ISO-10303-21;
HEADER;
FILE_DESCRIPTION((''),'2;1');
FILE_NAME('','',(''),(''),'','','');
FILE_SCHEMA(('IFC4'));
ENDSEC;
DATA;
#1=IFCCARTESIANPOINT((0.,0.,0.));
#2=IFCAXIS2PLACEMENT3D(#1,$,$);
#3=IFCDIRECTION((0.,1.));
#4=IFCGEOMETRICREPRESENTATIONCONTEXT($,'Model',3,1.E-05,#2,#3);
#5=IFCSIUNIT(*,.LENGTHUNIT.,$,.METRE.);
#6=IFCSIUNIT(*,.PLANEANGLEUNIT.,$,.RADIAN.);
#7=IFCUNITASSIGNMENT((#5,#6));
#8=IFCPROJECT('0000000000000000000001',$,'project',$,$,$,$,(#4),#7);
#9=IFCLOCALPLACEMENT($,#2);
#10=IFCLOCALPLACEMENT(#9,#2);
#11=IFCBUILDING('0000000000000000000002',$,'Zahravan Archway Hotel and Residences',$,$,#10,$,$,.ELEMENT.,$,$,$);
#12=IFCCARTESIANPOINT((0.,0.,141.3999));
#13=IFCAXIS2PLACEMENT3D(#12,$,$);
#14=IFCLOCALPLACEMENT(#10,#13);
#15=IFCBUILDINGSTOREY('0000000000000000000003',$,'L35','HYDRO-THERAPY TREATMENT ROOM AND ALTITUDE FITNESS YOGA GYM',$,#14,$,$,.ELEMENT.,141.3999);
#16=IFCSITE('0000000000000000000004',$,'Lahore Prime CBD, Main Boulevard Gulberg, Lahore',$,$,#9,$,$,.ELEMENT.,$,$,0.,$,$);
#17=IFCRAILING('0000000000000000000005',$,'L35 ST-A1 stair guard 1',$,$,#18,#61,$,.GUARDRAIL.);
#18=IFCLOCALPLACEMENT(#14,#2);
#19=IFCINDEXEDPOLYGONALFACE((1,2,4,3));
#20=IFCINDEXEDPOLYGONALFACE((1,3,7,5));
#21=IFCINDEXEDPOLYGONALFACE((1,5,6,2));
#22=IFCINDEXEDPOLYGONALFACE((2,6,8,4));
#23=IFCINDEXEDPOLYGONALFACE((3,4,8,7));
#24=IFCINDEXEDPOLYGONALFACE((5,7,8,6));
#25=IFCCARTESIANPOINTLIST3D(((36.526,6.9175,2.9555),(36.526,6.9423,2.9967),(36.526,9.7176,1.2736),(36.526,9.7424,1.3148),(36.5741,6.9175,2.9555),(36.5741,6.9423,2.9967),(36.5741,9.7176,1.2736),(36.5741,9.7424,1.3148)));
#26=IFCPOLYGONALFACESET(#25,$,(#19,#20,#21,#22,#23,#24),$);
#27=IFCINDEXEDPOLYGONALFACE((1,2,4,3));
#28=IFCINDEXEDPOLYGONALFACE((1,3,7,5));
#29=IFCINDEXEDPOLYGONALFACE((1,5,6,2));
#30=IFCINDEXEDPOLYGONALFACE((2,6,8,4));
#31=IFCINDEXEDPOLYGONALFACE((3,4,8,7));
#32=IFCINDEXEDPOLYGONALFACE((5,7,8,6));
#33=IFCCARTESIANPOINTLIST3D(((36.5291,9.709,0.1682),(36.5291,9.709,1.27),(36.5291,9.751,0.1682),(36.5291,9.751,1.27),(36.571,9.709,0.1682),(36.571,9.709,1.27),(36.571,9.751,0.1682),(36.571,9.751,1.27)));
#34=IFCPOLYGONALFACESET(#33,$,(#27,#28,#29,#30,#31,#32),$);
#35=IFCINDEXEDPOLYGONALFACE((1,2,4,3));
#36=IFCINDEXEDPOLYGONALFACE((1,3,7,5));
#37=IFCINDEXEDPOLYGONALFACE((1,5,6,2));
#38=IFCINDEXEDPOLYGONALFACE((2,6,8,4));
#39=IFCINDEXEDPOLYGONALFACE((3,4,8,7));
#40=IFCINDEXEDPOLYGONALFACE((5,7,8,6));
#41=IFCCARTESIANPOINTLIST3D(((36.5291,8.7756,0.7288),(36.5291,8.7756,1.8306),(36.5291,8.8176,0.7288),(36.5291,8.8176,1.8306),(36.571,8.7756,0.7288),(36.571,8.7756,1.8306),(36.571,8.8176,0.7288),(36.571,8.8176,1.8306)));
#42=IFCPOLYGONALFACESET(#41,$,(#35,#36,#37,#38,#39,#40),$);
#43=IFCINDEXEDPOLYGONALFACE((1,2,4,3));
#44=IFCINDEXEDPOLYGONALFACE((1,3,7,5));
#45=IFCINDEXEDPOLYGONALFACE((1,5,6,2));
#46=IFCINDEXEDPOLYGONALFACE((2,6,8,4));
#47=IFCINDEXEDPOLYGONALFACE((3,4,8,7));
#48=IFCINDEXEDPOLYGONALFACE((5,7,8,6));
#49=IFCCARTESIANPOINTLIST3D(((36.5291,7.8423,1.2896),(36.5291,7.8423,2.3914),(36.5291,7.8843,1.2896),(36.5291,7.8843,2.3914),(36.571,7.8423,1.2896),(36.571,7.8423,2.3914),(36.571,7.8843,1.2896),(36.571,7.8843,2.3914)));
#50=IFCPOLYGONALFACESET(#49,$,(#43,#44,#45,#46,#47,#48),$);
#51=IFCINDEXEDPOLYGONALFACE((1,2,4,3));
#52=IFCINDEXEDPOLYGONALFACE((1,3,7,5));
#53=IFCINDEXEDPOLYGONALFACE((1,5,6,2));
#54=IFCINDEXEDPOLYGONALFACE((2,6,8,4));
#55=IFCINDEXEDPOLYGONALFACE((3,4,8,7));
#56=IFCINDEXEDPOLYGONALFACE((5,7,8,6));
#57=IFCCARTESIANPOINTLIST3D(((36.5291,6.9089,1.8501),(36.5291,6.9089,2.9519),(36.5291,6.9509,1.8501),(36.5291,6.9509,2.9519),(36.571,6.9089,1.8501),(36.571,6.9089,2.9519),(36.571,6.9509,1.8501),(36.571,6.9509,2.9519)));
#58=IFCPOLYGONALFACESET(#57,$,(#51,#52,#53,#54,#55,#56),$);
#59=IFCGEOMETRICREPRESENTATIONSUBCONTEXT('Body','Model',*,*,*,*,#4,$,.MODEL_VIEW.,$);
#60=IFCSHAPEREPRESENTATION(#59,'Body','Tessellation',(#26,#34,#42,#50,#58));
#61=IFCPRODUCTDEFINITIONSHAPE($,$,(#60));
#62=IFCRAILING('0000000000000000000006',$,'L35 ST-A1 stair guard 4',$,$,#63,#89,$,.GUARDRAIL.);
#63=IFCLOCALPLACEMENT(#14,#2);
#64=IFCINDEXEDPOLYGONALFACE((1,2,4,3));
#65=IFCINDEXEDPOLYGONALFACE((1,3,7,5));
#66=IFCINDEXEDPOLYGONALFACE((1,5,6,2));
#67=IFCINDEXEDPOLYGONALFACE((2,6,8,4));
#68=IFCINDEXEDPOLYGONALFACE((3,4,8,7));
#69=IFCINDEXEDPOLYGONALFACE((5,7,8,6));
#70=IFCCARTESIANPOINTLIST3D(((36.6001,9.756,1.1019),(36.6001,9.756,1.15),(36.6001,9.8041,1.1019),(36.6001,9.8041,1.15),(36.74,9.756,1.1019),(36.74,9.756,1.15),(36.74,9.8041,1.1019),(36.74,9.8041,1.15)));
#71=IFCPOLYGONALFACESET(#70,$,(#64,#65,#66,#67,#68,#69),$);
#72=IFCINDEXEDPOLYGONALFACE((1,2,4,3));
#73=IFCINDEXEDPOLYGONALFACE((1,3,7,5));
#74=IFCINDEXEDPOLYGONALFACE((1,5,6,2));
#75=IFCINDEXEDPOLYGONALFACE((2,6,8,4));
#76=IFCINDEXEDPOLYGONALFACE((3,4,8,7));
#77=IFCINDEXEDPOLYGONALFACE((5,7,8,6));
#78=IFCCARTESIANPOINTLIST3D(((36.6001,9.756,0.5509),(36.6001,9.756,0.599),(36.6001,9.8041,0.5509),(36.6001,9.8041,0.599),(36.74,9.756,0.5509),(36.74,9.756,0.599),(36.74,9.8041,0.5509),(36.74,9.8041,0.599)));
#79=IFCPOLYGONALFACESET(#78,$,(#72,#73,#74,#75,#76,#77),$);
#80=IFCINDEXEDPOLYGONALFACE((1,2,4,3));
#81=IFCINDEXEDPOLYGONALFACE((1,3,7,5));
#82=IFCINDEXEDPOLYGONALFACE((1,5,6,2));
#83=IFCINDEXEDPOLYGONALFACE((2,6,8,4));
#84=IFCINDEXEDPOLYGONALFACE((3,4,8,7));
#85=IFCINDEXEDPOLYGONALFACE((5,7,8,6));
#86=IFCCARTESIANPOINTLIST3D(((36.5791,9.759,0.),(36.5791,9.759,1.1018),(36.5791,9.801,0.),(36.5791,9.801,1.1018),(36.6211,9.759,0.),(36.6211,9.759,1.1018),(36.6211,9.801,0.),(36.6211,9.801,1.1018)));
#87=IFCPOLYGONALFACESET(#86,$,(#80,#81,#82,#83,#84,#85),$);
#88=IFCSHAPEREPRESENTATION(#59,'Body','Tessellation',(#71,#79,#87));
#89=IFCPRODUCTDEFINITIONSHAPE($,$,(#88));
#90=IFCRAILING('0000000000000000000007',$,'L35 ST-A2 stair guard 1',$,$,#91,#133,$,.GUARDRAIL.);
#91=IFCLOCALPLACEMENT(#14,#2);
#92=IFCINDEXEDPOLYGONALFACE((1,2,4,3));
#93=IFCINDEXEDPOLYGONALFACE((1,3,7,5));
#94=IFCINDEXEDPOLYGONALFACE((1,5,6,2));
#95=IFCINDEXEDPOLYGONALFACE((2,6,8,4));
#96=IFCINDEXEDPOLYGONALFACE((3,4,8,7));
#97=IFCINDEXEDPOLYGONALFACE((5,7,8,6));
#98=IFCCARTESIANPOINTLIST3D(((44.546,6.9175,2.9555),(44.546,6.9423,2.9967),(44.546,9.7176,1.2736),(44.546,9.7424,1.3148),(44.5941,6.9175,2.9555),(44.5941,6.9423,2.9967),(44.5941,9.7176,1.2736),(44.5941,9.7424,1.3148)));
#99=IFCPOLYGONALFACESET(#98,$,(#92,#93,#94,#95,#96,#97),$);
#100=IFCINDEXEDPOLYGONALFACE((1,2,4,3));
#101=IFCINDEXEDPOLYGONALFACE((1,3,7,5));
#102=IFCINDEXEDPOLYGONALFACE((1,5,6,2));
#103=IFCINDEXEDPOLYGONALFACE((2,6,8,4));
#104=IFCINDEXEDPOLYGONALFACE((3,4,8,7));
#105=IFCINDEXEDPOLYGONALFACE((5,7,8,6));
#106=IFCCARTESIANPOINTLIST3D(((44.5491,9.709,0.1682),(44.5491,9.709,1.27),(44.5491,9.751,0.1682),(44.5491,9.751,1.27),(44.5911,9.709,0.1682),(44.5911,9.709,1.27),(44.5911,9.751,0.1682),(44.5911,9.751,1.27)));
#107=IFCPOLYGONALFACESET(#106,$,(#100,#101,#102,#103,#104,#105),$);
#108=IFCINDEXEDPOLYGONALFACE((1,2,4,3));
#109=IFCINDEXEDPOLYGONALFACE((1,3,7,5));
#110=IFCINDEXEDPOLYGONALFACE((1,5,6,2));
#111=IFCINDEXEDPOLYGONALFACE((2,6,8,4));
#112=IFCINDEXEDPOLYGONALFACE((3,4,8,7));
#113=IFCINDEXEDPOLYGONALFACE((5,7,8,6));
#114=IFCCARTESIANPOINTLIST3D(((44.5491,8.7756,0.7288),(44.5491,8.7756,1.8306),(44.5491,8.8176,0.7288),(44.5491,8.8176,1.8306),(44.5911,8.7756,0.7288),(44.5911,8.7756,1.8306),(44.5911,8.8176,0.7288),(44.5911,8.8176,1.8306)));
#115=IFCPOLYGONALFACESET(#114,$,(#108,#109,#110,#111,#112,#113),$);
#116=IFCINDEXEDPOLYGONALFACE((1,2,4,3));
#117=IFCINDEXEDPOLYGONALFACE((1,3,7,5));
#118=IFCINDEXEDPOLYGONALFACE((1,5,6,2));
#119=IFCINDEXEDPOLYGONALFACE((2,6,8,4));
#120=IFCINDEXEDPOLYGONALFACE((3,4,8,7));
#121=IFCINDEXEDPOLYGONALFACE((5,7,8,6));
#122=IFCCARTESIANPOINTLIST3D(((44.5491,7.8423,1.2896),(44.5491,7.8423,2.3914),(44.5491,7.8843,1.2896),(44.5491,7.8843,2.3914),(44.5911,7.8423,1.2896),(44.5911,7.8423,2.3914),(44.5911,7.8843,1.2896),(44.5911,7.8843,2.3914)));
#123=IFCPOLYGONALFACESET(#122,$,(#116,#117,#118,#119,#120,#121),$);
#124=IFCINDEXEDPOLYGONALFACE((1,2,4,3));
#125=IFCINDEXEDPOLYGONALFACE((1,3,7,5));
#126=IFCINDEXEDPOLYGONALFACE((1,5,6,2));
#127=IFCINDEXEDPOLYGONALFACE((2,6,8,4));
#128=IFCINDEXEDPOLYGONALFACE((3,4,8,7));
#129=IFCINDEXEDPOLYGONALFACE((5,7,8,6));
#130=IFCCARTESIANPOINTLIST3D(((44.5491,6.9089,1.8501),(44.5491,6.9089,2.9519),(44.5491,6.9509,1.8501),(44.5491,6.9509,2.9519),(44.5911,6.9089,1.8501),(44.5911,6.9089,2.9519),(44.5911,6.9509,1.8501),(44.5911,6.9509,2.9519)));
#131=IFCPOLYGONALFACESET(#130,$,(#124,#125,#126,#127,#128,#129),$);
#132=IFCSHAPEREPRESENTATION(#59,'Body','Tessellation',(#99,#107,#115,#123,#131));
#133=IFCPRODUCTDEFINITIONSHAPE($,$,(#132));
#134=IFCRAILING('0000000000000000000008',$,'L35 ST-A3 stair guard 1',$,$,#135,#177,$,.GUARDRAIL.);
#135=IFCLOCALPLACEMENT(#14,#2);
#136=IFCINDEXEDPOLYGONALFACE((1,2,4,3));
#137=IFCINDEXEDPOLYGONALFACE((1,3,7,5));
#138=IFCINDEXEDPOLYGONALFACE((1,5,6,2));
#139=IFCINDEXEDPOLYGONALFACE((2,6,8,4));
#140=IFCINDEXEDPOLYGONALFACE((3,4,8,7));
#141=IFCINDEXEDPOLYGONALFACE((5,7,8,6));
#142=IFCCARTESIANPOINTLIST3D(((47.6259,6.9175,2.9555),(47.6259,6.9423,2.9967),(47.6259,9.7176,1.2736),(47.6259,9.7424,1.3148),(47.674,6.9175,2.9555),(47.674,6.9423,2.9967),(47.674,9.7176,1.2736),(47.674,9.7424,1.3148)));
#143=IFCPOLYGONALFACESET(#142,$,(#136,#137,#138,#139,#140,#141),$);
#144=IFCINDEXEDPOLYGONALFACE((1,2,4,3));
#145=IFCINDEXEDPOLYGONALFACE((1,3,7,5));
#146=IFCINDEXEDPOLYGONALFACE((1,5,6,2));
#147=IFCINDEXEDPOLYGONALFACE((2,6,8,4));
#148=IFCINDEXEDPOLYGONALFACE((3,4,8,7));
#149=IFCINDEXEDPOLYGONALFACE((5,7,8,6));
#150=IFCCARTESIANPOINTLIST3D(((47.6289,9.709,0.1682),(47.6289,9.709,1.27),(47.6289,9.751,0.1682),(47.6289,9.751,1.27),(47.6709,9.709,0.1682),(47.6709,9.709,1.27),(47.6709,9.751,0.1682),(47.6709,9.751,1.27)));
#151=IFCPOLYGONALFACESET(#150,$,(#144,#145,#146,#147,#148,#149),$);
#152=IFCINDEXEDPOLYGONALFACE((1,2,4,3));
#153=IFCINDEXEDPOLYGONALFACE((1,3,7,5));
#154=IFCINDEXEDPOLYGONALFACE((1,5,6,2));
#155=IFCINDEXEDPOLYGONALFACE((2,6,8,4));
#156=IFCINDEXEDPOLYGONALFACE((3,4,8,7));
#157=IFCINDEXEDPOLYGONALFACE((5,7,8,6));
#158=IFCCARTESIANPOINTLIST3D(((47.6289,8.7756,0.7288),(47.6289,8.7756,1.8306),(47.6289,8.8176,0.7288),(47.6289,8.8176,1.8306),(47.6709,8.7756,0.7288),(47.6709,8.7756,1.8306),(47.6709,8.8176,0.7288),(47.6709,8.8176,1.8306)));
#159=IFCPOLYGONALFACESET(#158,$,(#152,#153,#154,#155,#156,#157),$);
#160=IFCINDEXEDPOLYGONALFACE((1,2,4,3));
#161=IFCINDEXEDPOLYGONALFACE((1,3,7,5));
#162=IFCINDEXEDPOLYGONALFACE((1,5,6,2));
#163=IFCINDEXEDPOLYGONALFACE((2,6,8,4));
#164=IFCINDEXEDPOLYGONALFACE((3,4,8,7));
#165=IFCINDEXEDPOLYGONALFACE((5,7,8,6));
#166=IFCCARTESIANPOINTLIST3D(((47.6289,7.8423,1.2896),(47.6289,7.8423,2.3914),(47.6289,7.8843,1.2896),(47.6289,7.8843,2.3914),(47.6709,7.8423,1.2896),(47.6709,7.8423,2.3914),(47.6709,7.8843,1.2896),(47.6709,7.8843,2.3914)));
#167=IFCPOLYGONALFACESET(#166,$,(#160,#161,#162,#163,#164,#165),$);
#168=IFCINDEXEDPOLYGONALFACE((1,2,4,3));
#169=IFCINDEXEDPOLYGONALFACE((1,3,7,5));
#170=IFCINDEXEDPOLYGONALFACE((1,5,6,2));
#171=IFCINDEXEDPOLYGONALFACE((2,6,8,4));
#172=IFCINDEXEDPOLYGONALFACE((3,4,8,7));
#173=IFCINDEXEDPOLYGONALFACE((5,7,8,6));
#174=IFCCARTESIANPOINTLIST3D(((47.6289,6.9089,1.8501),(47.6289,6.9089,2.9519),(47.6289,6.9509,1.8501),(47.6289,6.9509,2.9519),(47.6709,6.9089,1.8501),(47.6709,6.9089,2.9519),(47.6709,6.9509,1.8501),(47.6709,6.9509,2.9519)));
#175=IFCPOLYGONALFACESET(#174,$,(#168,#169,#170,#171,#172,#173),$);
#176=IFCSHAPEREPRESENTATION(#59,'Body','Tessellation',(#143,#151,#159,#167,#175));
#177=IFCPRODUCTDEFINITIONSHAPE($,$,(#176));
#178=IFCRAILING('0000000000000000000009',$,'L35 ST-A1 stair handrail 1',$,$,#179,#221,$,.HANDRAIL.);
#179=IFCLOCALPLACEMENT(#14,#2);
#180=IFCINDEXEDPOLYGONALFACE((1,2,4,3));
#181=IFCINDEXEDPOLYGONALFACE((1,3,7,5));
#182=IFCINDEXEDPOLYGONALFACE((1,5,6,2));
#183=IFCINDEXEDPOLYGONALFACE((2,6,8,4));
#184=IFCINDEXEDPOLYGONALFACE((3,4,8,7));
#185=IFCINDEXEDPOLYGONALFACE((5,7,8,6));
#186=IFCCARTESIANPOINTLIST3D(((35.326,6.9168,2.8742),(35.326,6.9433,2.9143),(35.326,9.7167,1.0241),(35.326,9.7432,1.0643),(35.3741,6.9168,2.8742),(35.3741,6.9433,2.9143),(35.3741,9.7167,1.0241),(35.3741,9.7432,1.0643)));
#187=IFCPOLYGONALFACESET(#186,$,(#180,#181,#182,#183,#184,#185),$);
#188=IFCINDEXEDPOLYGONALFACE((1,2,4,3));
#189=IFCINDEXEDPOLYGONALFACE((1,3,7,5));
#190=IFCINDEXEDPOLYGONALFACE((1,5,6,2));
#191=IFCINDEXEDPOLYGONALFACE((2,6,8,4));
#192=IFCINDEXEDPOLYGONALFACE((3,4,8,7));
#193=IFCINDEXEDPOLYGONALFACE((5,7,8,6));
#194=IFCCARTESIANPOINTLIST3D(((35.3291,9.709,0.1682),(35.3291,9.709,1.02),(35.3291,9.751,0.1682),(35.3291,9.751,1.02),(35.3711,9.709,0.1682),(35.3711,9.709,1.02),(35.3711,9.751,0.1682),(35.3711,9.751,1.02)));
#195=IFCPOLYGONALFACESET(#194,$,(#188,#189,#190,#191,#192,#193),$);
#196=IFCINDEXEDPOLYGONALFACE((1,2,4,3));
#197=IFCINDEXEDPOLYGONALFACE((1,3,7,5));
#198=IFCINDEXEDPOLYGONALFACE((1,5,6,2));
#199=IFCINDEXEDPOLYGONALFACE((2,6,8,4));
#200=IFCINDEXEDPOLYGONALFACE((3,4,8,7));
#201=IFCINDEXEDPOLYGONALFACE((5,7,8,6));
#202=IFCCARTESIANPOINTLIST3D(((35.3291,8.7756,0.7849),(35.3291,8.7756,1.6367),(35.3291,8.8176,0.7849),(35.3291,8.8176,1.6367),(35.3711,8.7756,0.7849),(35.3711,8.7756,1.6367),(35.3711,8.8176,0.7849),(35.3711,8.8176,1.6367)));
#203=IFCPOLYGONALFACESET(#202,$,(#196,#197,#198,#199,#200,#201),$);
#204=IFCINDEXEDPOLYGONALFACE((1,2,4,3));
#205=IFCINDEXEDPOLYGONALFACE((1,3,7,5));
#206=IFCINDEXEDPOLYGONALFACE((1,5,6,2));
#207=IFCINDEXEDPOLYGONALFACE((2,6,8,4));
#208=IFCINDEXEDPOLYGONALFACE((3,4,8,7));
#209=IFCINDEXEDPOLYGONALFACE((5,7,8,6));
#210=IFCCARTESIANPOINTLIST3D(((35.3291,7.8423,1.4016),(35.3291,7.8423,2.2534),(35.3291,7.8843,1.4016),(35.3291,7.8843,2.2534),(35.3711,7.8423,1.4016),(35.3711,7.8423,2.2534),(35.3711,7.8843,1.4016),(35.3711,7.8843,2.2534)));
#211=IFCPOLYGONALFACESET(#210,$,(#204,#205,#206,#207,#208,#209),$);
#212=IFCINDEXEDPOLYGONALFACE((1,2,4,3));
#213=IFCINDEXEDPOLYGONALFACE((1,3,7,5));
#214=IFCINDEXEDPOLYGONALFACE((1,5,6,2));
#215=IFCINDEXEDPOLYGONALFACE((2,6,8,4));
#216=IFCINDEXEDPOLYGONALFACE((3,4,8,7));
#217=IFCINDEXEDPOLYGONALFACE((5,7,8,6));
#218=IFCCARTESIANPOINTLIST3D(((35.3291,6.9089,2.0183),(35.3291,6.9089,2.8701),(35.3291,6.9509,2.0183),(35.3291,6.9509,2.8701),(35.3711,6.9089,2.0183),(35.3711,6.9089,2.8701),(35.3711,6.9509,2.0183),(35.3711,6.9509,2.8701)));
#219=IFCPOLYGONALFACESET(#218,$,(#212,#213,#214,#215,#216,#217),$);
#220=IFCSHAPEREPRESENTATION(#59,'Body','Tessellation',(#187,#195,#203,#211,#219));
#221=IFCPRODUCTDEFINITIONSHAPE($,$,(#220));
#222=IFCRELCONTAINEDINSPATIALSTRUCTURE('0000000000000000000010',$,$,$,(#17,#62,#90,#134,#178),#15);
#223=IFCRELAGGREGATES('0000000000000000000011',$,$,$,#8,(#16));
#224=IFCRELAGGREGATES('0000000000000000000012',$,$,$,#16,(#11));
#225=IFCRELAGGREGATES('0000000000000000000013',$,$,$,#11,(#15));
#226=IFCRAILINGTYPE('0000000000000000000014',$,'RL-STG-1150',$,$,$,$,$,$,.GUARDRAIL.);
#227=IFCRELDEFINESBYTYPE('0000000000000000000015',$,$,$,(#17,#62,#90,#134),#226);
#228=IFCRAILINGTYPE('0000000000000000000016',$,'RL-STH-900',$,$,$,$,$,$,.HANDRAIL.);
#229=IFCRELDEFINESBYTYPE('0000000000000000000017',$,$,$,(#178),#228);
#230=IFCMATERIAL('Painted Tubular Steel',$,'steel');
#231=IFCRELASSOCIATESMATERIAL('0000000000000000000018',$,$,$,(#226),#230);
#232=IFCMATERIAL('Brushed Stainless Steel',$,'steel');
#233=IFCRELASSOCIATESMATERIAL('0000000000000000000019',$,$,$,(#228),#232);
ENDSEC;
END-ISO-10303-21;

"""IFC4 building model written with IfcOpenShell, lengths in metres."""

from ifc_helpers import new_model, si_unit, direction, frame, origin, origin_2d, place, context, subcontext, project, spatial, rectangle, extrude, material, type_object, element, save


model = new_model("IFC4")

# Units and contexts
model_context = context("Model", 3, precision=1e-05, world=origin(), true_north=direction((0.0, 1.0)))
body_context = subcontext(model_context, "Body", "Model", "MODEL_VIEW")
ifc_project = project(units=[si_unit("LENGTHUNIT", "METRE"), si_unit("PLANEANGLEUNIT", "RADIAN")], contexts=[model_context])

# Site, building, storey
site_placement = place(None, origin())
site = spatial("IfcSite", under=ifc_project, at=site_placement, Name="Lahore Prime CBD, Main Boulevard Gulberg, Lahore", CompositionType="ELEMENT", RefElevation=0.0)
building_placement = place(site_placement, origin())
building = spatial("IfcBuilding", under=site, at=building_placement, Name="Zahravan Archway Hotel and Residences", CompositionType="ELEMENT")
storey_placement = place(building_placement, frame((0.0, 0.0, 141.3999)))
storey = spatial("IfcBuildingStorey", under=building, at=storey_placement, Name="L35", Description="HYDRO-THERAPY TREATMENT ROOM AND ALTITUDE FITNESS YOGA GYM", CompositionType="ELEMENT", Elevation=141.3999)

# Railings
ifc_material_1 = material(Name="Painted Tubular Steel", Category="steel")
railing_type_1 = type_object("IfcRailingType", Name="RL-STG-1150", PredefinedType="GUARDRAIL", material=ifc_material_1)
railing_1_placement = place(storey_placement, frame((36.55, 9.73, 0.1682)))
element("IfcRailing", 1, at=railing_1_placement, inside=storey, type_object=railing_type_1, Name="L35 ST-A1 stair guard 1", PredefinedType="GUARDRAIL", context=body_context, shape_type="SweptSolid", body=[
    extrude(rectangle(XDim=0.0481, YDim=0.0481, at=origin_2d()), frame((0.0, 0.0, 1.126), z_axis=(0.0, -0.857242, 0.514913), x_axis=(1.0, 0.0, 0.0)), (0.0, 0.0, 1.0), 3.2664),
    extrude(rectangle(XDim=0.042, YDim=0.042, at=origin_2d()), origin(), (0.0, 0.0, 1.0), 1.1018),
    extrude(rectangle(XDim=0.042, YDim=0.042, at=origin_2d()), frame((0.0, -0.9333, 0.5605)), (0.0, 0.0, 1.0), 1.1018),
    extrude(rectangle(XDim=0.042, YDim=0.042, at=origin_2d()), frame((0.0, -1.8667, 1.1213)), (0.0, 0.0, 1.0), 1.1018),
    extrude(rectangle(XDim=0.042, YDim=0.042, at=origin_2d()), frame((0.0, -2.8, 1.6819)), (0.0, 0.0, 1.0), 1.1018),
])
railing_2_placement = place(storey_placement, frame((36.6001, 9.78, 0.0)))
element("IfcRailing", 2, at=railing_2_placement, inside=storey, type_object=railing_type_1, Name="L35 ST-A1 stair guard 4", PredefinedType="GUARDRAIL", context=body_context, shape_type="SweptSolid", body=[
    extrude(rectangle(XDim=0.0481, YDim=0.0481, at=origin_2d()), frame((0.0, 0.0, 1.126), z_axis=(1.0, 0.0, 0.0), x_axis=(0.0, 1.0, 0.0)), (0.0, 0.0, 1.0), 0.1399),
    extrude(rectangle(XDim=0.0481, YDim=0.0481, at=origin_2d()), frame((0.0, 0.0, 0.575), z_axis=(1.0, 0.0, 0.0), x_axis=(0.0, 1.0, 0.0)), (0.0, 0.0, 1.0), 0.1399),
    extrude(rectangle(XDim=0.042, YDim=0.042, at=origin_2d()), origin(), (0.0, 0.0, 1.0), 1.1018),
])
for number, where, name in (
    (3, (44.5701, 9.73, 0.1682), "L35 ST-A2 stair guard 1"),
    (4, (47.6499, 9.73, 0.1682), "L35 ST-A3 stair guard 1"),
):
    element("IfcRailing", number, at=place(storey_placement, frame(where)), inside=storey, type_object=railing_type_1, Name=name, PredefinedType="GUARDRAIL", context=body_context, shape_type="SweptSolid", body=[
        extrude(rectangle(XDim=0.0481, YDim=0.0481, at=origin_2d()), frame((0.0, 0.0, 1.126), z_axis=(0.0, -0.857242, 0.514913), x_axis=(1.0, 0.0, 0.0)), (0.0, 0.0, 1.0), 3.2664),
        extrude(rectangle(XDim=0.042, YDim=0.042, at=origin_2d()), origin(), (0.0, 0.0, 1.0), 1.1018),
        extrude(rectangle(XDim=0.042, YDim=0.042, at=origin_2d()), frame((0.0, -0.9333, 0.5605)), (0.0, 0.0, 1.0), 1.1018),
        extrude(rectangle(XDim=0.042, YDim=0.042, at=origin_2d()), frame((0.0, -1.8667, 1.1213)), (0.0, 0.0, 1.0), 1.1018),
        extrude(rectangle(XDim=0.042, YDim=0.042, at=origin_2d()), frame((0.0, -2.8, 1.6819)), (0.0, 0.0, 1.0), 1.1018),
    ])
ifc_material_2 = material(Name="Brushed Stainless Steel", Category="steel")
railing_type_2 = type_object("IfcRailingType", Name="RL-STH-900", PredefinedType="HANDRAIL", material=ifc_material_2)
for number, where, name in (
    (5, (35.3501, 9.73, 0.1682), "L35 ST-A1 stair handrail 1"),
):
    element("IfcRailing", number, at=place(storey_placement, frame(where)), inside=storey, type_object=railing_type_2, Name=name, PredefinedType="HANDRAIL", context=body_context, shape_type="SweptSolid", body=[
        extrude(rectangle(XDim=0.0481, YDim=0.0481, at=origin_2d()), frame((0.0, 0.0, 0.876), z_axis=(0.0, -0.834326, 0.551271), x_axis=(1.0, 0.0, 0.0)), (0.0, 0.0, 1.0), 3.356),
        extrude(rectangle(XDim=0.042, YDim=0.042, at=origin_2d()), origin(), (0.0, 0.0, 1.0), 0.8518),
        extrude(rectangle(XDim=0.042, YDim=0.042, at=origin_2d()), frame((0.0, -0.9333, 0.6167)), (0.0, 0.0, 1.0), 0.8518),
        extrude(rectangle(XDim=0.042, YDim=0.042, at=origin_2d()), frame((0.0, -1.8667, 1.2334)), (0.0, 0.0, 1.0), 0.8518),
        extrude(rectangle(XDim=0.042, YDim=0.042, at=origin_2d()), frame((0.0, -2.8, 1.8501)), (0.0, 0.0, 1.0), 0.8518),
    ])

save(model, "model.ifc")
